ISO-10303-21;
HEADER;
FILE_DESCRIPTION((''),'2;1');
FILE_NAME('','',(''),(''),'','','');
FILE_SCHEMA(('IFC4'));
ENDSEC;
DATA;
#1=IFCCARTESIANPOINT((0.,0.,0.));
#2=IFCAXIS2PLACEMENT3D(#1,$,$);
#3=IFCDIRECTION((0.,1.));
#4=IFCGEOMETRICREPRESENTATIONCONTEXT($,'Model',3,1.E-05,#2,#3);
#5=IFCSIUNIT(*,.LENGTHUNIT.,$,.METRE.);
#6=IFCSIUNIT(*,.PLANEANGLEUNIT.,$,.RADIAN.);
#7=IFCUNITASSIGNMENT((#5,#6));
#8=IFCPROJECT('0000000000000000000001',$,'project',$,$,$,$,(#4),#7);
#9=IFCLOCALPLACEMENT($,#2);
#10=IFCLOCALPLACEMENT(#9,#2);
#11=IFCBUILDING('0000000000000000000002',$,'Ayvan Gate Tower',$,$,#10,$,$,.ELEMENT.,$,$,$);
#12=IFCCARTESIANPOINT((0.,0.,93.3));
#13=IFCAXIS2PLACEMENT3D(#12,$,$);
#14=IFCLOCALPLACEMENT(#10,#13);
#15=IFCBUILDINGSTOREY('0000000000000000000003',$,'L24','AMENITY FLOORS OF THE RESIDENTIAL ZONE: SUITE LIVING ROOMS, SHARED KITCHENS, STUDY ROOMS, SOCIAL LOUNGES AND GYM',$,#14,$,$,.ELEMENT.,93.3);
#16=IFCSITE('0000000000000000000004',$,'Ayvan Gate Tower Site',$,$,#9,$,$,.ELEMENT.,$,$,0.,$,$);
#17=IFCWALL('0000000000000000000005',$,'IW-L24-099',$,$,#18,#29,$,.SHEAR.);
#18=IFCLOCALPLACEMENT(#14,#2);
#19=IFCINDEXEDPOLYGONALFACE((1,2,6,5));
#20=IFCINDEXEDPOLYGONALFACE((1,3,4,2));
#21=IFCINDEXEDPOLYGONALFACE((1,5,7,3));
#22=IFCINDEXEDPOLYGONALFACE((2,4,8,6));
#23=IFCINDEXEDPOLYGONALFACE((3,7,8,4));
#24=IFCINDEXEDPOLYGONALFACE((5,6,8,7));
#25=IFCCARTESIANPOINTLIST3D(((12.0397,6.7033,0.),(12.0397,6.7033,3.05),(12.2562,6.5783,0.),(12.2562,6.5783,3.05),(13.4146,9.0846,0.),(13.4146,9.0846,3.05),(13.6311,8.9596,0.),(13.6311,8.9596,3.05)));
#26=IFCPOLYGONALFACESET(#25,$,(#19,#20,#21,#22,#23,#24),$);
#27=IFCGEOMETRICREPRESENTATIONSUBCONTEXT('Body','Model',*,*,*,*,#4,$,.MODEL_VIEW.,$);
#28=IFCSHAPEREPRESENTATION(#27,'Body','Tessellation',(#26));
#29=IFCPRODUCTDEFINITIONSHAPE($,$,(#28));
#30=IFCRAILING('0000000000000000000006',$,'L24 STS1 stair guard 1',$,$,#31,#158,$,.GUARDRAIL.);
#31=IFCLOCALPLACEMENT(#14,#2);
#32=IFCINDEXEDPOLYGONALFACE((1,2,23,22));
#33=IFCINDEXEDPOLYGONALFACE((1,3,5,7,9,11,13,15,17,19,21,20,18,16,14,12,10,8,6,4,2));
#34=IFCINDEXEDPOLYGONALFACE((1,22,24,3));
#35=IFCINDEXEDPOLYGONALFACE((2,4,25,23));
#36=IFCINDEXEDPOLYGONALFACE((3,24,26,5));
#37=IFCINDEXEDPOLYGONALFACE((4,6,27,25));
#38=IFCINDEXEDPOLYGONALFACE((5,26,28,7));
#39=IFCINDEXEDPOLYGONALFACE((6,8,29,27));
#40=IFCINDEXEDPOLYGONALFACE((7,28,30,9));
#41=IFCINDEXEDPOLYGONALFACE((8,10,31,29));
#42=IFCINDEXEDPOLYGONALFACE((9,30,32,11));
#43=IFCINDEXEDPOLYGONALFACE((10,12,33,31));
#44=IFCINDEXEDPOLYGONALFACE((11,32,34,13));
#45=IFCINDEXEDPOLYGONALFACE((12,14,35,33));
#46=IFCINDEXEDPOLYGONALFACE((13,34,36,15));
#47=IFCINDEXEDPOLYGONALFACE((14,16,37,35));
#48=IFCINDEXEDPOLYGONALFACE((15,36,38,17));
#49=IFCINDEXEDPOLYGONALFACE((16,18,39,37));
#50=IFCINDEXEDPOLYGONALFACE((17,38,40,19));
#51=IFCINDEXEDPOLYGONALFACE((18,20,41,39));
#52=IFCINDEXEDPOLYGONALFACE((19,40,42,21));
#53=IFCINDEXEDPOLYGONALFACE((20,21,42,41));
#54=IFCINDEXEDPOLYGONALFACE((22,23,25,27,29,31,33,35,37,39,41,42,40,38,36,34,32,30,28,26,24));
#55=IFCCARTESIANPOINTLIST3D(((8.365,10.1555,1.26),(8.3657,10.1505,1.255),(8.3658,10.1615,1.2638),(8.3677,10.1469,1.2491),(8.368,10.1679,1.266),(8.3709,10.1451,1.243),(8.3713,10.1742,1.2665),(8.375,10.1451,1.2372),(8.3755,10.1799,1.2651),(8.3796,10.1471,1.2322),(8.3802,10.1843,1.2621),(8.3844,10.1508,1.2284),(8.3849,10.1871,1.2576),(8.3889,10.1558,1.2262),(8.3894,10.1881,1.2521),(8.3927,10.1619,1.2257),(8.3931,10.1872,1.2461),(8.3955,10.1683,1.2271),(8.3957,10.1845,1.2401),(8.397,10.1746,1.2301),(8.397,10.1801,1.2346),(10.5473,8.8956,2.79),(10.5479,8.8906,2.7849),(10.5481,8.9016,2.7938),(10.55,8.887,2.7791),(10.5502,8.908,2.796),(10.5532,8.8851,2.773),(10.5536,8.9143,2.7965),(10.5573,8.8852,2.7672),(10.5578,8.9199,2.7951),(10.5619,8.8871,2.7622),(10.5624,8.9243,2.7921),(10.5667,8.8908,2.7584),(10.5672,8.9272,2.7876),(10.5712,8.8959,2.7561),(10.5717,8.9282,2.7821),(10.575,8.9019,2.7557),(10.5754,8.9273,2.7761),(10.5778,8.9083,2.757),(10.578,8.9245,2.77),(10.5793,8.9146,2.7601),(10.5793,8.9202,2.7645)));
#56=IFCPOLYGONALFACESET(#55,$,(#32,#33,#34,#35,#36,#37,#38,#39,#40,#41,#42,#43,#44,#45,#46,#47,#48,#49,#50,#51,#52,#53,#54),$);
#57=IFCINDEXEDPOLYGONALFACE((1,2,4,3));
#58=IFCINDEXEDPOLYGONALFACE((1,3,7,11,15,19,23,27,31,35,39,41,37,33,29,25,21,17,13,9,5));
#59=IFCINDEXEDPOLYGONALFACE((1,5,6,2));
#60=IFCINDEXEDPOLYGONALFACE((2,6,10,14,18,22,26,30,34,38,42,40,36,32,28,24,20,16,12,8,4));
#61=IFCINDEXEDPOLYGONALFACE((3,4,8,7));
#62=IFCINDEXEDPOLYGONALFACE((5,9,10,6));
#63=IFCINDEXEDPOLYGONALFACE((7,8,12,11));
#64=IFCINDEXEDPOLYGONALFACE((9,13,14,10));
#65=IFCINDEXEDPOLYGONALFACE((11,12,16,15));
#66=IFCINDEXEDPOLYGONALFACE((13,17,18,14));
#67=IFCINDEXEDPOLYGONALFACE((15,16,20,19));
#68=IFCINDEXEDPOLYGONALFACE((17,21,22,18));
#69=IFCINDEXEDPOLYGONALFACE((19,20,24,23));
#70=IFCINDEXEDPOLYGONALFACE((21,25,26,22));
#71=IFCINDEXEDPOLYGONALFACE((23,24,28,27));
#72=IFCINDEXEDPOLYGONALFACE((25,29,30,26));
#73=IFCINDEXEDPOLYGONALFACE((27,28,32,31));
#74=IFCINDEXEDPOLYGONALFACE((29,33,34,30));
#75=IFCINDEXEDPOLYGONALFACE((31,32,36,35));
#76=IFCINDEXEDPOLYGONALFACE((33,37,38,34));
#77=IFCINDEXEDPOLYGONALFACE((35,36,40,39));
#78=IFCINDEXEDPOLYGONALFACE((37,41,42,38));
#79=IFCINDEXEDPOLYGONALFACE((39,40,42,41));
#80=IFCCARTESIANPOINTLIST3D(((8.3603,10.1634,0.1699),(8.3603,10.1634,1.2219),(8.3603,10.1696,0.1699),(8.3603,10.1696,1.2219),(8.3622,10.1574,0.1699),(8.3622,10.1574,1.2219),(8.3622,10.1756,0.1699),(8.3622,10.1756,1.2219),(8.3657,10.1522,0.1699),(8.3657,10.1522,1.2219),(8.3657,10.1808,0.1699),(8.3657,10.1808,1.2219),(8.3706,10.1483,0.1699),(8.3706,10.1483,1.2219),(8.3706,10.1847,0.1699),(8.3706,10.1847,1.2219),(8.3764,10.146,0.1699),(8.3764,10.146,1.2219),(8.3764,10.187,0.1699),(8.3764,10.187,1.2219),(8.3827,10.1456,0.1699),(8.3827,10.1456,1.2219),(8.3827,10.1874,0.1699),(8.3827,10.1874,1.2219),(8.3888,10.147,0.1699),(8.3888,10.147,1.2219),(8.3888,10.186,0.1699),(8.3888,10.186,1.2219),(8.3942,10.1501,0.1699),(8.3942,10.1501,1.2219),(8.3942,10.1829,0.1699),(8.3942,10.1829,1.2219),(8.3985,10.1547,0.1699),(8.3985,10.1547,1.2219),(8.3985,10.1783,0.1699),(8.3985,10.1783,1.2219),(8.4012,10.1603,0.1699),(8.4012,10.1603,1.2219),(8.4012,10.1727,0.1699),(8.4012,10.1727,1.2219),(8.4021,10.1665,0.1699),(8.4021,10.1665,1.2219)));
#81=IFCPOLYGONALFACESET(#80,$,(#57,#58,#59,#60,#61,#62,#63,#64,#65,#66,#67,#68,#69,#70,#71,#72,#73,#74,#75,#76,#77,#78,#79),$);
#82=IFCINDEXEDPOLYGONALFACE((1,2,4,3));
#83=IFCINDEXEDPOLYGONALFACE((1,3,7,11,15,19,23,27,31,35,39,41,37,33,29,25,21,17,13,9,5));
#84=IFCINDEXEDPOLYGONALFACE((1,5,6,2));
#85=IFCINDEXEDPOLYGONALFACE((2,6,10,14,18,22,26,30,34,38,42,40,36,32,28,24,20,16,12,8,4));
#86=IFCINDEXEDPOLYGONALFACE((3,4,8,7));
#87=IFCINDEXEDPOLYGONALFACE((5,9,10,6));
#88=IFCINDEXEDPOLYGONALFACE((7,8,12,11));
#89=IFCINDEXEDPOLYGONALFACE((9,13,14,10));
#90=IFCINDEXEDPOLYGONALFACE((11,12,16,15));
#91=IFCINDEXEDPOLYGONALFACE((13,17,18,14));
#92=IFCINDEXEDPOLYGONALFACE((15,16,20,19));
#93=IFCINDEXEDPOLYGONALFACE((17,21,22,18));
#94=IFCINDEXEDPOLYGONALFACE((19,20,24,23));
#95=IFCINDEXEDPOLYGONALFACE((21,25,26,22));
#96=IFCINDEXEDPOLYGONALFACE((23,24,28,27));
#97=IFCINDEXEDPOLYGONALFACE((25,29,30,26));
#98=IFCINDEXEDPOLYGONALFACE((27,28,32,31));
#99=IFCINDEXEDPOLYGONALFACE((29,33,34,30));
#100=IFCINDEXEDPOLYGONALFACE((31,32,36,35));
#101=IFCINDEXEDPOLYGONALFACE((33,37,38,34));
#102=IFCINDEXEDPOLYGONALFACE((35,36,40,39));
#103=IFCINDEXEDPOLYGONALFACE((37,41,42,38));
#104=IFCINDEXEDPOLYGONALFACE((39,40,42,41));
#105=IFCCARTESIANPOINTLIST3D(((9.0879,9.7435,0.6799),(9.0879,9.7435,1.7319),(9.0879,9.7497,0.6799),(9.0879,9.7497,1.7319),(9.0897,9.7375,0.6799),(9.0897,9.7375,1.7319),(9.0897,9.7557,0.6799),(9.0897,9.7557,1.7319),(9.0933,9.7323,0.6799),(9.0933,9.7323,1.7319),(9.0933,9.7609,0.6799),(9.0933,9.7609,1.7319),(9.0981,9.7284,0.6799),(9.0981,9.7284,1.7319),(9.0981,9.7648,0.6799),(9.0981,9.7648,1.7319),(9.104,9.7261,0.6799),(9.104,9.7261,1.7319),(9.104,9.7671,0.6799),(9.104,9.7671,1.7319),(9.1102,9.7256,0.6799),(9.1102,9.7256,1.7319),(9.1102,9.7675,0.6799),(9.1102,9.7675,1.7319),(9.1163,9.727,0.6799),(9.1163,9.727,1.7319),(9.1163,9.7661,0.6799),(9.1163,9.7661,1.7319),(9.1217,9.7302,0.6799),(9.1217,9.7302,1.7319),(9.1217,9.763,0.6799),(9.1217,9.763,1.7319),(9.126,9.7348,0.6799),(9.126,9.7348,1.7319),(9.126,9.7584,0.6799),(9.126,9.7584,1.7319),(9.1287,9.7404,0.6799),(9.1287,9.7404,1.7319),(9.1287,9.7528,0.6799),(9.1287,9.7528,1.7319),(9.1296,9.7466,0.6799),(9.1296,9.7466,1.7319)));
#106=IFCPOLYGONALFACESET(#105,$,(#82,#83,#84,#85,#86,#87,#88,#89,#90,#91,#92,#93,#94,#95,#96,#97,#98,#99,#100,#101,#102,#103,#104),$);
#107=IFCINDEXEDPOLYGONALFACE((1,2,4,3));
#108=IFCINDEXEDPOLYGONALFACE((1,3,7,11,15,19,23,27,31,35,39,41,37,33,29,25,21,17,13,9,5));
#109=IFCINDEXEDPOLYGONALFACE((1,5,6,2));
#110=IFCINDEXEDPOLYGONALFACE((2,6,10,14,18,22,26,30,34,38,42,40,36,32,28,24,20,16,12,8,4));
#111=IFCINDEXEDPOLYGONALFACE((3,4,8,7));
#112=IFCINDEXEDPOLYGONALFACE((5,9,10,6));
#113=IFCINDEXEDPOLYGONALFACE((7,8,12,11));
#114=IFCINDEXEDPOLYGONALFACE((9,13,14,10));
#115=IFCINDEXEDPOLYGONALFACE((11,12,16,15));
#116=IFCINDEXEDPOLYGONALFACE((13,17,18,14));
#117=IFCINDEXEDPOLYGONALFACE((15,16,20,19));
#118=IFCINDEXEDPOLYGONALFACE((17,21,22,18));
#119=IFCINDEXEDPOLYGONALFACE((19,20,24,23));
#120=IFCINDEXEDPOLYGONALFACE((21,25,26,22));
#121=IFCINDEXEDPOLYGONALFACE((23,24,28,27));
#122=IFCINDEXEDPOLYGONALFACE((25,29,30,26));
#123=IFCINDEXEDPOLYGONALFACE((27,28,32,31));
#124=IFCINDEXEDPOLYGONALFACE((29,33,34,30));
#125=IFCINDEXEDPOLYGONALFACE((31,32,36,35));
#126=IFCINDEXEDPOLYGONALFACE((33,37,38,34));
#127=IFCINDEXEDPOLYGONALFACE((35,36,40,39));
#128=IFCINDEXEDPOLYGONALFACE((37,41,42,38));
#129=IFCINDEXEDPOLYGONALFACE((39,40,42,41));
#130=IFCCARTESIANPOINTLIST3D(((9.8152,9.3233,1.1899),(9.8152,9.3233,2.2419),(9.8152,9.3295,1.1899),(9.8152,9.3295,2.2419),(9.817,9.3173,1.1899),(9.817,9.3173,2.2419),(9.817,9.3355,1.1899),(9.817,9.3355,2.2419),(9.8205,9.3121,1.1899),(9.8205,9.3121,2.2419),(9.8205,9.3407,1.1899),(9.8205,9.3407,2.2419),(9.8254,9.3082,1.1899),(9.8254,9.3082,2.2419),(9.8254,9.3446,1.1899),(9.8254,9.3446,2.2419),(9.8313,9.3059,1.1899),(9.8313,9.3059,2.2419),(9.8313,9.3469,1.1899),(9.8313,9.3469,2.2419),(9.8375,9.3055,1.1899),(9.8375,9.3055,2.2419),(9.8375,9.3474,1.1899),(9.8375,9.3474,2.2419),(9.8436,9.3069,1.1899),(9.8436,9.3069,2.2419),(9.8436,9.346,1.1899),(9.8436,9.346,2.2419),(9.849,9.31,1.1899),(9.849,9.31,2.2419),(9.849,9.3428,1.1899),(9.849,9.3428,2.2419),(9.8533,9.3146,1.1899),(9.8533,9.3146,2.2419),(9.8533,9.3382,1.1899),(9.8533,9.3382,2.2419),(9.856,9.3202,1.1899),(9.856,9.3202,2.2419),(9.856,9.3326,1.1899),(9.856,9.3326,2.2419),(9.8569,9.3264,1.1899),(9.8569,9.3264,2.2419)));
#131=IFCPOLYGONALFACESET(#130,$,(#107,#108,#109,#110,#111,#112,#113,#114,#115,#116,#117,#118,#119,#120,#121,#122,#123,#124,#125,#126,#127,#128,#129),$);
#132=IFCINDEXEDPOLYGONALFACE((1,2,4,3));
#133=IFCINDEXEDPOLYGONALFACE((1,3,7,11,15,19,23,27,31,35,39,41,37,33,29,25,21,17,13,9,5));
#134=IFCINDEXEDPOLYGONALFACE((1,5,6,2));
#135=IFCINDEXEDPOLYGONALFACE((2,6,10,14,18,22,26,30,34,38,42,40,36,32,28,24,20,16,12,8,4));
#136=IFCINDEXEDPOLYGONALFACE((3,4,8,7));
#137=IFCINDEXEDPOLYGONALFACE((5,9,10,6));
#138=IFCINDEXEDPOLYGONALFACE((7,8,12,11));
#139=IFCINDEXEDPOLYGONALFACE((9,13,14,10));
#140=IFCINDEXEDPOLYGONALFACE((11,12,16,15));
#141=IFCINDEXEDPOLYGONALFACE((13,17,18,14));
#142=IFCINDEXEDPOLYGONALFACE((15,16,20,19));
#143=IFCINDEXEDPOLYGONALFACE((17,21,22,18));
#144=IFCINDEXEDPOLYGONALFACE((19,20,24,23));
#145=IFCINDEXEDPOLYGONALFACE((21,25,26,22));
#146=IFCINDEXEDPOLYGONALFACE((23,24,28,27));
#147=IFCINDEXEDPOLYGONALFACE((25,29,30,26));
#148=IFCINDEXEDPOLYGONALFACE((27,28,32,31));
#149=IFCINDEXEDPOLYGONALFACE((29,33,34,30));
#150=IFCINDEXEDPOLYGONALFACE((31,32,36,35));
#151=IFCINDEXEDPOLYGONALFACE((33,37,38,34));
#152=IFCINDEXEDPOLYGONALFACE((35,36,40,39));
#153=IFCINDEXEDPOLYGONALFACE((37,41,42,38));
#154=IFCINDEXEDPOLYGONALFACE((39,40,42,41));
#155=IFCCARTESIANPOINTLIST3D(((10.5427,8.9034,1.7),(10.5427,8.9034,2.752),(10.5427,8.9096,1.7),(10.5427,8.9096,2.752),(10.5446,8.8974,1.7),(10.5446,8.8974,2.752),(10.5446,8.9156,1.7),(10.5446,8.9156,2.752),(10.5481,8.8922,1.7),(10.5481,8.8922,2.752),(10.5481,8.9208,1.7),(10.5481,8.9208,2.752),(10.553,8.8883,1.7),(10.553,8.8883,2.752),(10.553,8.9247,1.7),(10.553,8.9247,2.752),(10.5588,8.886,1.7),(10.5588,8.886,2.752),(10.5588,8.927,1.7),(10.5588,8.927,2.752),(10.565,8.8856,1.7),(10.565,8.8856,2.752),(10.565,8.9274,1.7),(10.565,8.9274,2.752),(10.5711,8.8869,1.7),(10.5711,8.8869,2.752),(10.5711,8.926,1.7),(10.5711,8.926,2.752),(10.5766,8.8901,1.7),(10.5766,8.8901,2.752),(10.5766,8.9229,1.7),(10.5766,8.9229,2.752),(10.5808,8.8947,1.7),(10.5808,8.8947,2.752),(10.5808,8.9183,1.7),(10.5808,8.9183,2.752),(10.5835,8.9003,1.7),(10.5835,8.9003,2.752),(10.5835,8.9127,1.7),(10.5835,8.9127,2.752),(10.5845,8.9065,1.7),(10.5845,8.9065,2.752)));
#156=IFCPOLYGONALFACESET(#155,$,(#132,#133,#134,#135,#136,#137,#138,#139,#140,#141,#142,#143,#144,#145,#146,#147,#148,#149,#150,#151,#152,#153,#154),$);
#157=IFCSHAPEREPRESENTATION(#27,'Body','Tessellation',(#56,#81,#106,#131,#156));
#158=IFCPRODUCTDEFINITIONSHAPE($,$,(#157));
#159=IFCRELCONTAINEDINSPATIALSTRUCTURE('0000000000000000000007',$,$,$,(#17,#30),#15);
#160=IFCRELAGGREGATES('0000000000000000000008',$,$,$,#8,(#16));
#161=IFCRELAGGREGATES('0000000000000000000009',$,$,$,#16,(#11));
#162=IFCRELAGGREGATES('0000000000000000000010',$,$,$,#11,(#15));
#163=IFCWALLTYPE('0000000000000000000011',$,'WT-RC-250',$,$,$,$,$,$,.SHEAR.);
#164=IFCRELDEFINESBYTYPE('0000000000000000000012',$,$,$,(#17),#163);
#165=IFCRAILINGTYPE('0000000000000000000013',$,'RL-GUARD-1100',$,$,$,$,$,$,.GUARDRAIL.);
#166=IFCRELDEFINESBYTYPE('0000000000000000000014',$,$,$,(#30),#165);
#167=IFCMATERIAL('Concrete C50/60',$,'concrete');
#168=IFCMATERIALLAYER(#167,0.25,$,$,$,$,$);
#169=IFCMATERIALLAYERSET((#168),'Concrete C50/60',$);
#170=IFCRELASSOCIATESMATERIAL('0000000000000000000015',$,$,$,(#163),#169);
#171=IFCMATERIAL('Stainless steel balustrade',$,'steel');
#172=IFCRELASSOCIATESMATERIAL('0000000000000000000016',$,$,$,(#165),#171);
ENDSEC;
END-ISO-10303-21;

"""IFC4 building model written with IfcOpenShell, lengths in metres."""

from ifc_helpers import new_model, si_unit, direction, frame, frame_2d, origin, origin_2d, place, context, subcontext, project, spatial, rectangle, circle, extrude, material, layer, layer_set, type_object, element, save


model = new_model("IFC4")

# Units and contexts
model_context = context("Model", 3, precision=1e-05, world=origin(), true_north=direction((0.0, 1.0)))
body_context = subcontext(model_context, "Body", "Model", "MODEL_VIEW")
ifc_project = project(units=[si_unit("LENGTHUNIT", "METRE"), si_unit("PLANEANGLEUNIT", "RADIAN")], contexts=[model_context])

# Site, building, storey
site_placement = place(None, origin())
site = spatial("IfcSite", under=ifc_project, at=site_placement, Name="Ayvan Gate Tower Site", CompositionType="ELEMENT", RefElevation=0.0)
building_placement = place(site_placement, origin())
building = spatial("IfcBuilding", under=site, at=building_placement, Name="Ayvan Gate Tower", CompositionType="ELEMENT")
storey_placement = place(building_placement, frame((0.0, 0.0, 93.3)))
storey = spatial("IfcBuildingStorey", under=building, at=storey_placement, Name="L24", Description="AMENITY FLOORS OF THE RESIDENTIAL ZONE: SUITE LIVING ROOMS, SHARED KITCHENS, STUDY ROOMS, SOCIAL LOUNGES AND GYM", CompositionType="ELEMENT", Elevation=93.3)

# Shared definitions
ifc_material_1 = material(Name="Concrete C50/60", Category="concrete")
ifc_layer_1 = layer(ifc_material_1, 0.25)
ifc_layer_set_1 = layer_set([ifc_layer_1], Name="Concrete C50/60")
wall_type_1 = type_object("IfcWallType", Name="WT-RC-250", PredefinedType="SHEAR", material=ifc_layer_set_1)

# Wall
wall_1_placement = place(storey_placement, frame((13.5229, 9.0222, 0.0), z_axis=(0.0, 0.0, 1.0), x_axis=(-0.500035, -0.866005, 0.0)))
element("IfcWall", 1, at=wall_1_placement, inside=storey, type_object=wall_type_1, Name="IW-L24-099", PredefinedType="SHEAR", context=body_context, shape_type="SweptSolid", body=[
    extrude(rectangle(XDim=2.7498, YDim=0.25, at=frame_2d((1.375, 0.0))), origin(), (0.0, 0.0, 1.0), 3.05),
])

# Railing
ifc_material_2 = material(Name="Stainless steel balustrade", Category="steel")
railing_type_1 = type_object("IfcRailingType", Name="RL-GUARD-1100", PredefinedType="GUARDRAIL", material=ifc_material_2)
railing_1_placement = place(storey_placement, frame((8.3811, 10.1665, 0.1699)))
element("IfcRailing", 2, at=railing_1_placement, inside=storey, type_object=railing_type_1, Name="L24 STS1 stair guard 1", PredefinedType="GUARDRAIL", context=body_context, shape_type="SweptSolid", body=[
    extrude(circle(Radius=0.0239, at=origin_2d()), frame((0.0, 0.0, 1.0762), z_axis=(0.740261, -0.427395, 0.518986), x_axis=(0.500005, 0.866023, 0.0)), (0.0, 0.0, 1.0), 2.948),
    extrude(circle(Radius=0.021, at=origin_2d()), origin(), (0.0, 0.0, 1.0), 1.052),
    extrude(circle(Radius=0.021, at=origin_2d()), frame((0.7275, -0.4199, 0.51)), (0.0, 0.0, 1.0), 1.052),
    extrude(circle(Radius=0.021, at=origin_2d()), frame((1.4548, -0.8401, 1.02)), (0.0, 0.0, 1.0), 1.052),
    extrude(circle(Radius=0.021, at=origin_2d()), frame((2.1824, -1.26, 1.53)), (0.0, 0.0, 1.0), 1.052),
])

save(model, "model.ifc")
